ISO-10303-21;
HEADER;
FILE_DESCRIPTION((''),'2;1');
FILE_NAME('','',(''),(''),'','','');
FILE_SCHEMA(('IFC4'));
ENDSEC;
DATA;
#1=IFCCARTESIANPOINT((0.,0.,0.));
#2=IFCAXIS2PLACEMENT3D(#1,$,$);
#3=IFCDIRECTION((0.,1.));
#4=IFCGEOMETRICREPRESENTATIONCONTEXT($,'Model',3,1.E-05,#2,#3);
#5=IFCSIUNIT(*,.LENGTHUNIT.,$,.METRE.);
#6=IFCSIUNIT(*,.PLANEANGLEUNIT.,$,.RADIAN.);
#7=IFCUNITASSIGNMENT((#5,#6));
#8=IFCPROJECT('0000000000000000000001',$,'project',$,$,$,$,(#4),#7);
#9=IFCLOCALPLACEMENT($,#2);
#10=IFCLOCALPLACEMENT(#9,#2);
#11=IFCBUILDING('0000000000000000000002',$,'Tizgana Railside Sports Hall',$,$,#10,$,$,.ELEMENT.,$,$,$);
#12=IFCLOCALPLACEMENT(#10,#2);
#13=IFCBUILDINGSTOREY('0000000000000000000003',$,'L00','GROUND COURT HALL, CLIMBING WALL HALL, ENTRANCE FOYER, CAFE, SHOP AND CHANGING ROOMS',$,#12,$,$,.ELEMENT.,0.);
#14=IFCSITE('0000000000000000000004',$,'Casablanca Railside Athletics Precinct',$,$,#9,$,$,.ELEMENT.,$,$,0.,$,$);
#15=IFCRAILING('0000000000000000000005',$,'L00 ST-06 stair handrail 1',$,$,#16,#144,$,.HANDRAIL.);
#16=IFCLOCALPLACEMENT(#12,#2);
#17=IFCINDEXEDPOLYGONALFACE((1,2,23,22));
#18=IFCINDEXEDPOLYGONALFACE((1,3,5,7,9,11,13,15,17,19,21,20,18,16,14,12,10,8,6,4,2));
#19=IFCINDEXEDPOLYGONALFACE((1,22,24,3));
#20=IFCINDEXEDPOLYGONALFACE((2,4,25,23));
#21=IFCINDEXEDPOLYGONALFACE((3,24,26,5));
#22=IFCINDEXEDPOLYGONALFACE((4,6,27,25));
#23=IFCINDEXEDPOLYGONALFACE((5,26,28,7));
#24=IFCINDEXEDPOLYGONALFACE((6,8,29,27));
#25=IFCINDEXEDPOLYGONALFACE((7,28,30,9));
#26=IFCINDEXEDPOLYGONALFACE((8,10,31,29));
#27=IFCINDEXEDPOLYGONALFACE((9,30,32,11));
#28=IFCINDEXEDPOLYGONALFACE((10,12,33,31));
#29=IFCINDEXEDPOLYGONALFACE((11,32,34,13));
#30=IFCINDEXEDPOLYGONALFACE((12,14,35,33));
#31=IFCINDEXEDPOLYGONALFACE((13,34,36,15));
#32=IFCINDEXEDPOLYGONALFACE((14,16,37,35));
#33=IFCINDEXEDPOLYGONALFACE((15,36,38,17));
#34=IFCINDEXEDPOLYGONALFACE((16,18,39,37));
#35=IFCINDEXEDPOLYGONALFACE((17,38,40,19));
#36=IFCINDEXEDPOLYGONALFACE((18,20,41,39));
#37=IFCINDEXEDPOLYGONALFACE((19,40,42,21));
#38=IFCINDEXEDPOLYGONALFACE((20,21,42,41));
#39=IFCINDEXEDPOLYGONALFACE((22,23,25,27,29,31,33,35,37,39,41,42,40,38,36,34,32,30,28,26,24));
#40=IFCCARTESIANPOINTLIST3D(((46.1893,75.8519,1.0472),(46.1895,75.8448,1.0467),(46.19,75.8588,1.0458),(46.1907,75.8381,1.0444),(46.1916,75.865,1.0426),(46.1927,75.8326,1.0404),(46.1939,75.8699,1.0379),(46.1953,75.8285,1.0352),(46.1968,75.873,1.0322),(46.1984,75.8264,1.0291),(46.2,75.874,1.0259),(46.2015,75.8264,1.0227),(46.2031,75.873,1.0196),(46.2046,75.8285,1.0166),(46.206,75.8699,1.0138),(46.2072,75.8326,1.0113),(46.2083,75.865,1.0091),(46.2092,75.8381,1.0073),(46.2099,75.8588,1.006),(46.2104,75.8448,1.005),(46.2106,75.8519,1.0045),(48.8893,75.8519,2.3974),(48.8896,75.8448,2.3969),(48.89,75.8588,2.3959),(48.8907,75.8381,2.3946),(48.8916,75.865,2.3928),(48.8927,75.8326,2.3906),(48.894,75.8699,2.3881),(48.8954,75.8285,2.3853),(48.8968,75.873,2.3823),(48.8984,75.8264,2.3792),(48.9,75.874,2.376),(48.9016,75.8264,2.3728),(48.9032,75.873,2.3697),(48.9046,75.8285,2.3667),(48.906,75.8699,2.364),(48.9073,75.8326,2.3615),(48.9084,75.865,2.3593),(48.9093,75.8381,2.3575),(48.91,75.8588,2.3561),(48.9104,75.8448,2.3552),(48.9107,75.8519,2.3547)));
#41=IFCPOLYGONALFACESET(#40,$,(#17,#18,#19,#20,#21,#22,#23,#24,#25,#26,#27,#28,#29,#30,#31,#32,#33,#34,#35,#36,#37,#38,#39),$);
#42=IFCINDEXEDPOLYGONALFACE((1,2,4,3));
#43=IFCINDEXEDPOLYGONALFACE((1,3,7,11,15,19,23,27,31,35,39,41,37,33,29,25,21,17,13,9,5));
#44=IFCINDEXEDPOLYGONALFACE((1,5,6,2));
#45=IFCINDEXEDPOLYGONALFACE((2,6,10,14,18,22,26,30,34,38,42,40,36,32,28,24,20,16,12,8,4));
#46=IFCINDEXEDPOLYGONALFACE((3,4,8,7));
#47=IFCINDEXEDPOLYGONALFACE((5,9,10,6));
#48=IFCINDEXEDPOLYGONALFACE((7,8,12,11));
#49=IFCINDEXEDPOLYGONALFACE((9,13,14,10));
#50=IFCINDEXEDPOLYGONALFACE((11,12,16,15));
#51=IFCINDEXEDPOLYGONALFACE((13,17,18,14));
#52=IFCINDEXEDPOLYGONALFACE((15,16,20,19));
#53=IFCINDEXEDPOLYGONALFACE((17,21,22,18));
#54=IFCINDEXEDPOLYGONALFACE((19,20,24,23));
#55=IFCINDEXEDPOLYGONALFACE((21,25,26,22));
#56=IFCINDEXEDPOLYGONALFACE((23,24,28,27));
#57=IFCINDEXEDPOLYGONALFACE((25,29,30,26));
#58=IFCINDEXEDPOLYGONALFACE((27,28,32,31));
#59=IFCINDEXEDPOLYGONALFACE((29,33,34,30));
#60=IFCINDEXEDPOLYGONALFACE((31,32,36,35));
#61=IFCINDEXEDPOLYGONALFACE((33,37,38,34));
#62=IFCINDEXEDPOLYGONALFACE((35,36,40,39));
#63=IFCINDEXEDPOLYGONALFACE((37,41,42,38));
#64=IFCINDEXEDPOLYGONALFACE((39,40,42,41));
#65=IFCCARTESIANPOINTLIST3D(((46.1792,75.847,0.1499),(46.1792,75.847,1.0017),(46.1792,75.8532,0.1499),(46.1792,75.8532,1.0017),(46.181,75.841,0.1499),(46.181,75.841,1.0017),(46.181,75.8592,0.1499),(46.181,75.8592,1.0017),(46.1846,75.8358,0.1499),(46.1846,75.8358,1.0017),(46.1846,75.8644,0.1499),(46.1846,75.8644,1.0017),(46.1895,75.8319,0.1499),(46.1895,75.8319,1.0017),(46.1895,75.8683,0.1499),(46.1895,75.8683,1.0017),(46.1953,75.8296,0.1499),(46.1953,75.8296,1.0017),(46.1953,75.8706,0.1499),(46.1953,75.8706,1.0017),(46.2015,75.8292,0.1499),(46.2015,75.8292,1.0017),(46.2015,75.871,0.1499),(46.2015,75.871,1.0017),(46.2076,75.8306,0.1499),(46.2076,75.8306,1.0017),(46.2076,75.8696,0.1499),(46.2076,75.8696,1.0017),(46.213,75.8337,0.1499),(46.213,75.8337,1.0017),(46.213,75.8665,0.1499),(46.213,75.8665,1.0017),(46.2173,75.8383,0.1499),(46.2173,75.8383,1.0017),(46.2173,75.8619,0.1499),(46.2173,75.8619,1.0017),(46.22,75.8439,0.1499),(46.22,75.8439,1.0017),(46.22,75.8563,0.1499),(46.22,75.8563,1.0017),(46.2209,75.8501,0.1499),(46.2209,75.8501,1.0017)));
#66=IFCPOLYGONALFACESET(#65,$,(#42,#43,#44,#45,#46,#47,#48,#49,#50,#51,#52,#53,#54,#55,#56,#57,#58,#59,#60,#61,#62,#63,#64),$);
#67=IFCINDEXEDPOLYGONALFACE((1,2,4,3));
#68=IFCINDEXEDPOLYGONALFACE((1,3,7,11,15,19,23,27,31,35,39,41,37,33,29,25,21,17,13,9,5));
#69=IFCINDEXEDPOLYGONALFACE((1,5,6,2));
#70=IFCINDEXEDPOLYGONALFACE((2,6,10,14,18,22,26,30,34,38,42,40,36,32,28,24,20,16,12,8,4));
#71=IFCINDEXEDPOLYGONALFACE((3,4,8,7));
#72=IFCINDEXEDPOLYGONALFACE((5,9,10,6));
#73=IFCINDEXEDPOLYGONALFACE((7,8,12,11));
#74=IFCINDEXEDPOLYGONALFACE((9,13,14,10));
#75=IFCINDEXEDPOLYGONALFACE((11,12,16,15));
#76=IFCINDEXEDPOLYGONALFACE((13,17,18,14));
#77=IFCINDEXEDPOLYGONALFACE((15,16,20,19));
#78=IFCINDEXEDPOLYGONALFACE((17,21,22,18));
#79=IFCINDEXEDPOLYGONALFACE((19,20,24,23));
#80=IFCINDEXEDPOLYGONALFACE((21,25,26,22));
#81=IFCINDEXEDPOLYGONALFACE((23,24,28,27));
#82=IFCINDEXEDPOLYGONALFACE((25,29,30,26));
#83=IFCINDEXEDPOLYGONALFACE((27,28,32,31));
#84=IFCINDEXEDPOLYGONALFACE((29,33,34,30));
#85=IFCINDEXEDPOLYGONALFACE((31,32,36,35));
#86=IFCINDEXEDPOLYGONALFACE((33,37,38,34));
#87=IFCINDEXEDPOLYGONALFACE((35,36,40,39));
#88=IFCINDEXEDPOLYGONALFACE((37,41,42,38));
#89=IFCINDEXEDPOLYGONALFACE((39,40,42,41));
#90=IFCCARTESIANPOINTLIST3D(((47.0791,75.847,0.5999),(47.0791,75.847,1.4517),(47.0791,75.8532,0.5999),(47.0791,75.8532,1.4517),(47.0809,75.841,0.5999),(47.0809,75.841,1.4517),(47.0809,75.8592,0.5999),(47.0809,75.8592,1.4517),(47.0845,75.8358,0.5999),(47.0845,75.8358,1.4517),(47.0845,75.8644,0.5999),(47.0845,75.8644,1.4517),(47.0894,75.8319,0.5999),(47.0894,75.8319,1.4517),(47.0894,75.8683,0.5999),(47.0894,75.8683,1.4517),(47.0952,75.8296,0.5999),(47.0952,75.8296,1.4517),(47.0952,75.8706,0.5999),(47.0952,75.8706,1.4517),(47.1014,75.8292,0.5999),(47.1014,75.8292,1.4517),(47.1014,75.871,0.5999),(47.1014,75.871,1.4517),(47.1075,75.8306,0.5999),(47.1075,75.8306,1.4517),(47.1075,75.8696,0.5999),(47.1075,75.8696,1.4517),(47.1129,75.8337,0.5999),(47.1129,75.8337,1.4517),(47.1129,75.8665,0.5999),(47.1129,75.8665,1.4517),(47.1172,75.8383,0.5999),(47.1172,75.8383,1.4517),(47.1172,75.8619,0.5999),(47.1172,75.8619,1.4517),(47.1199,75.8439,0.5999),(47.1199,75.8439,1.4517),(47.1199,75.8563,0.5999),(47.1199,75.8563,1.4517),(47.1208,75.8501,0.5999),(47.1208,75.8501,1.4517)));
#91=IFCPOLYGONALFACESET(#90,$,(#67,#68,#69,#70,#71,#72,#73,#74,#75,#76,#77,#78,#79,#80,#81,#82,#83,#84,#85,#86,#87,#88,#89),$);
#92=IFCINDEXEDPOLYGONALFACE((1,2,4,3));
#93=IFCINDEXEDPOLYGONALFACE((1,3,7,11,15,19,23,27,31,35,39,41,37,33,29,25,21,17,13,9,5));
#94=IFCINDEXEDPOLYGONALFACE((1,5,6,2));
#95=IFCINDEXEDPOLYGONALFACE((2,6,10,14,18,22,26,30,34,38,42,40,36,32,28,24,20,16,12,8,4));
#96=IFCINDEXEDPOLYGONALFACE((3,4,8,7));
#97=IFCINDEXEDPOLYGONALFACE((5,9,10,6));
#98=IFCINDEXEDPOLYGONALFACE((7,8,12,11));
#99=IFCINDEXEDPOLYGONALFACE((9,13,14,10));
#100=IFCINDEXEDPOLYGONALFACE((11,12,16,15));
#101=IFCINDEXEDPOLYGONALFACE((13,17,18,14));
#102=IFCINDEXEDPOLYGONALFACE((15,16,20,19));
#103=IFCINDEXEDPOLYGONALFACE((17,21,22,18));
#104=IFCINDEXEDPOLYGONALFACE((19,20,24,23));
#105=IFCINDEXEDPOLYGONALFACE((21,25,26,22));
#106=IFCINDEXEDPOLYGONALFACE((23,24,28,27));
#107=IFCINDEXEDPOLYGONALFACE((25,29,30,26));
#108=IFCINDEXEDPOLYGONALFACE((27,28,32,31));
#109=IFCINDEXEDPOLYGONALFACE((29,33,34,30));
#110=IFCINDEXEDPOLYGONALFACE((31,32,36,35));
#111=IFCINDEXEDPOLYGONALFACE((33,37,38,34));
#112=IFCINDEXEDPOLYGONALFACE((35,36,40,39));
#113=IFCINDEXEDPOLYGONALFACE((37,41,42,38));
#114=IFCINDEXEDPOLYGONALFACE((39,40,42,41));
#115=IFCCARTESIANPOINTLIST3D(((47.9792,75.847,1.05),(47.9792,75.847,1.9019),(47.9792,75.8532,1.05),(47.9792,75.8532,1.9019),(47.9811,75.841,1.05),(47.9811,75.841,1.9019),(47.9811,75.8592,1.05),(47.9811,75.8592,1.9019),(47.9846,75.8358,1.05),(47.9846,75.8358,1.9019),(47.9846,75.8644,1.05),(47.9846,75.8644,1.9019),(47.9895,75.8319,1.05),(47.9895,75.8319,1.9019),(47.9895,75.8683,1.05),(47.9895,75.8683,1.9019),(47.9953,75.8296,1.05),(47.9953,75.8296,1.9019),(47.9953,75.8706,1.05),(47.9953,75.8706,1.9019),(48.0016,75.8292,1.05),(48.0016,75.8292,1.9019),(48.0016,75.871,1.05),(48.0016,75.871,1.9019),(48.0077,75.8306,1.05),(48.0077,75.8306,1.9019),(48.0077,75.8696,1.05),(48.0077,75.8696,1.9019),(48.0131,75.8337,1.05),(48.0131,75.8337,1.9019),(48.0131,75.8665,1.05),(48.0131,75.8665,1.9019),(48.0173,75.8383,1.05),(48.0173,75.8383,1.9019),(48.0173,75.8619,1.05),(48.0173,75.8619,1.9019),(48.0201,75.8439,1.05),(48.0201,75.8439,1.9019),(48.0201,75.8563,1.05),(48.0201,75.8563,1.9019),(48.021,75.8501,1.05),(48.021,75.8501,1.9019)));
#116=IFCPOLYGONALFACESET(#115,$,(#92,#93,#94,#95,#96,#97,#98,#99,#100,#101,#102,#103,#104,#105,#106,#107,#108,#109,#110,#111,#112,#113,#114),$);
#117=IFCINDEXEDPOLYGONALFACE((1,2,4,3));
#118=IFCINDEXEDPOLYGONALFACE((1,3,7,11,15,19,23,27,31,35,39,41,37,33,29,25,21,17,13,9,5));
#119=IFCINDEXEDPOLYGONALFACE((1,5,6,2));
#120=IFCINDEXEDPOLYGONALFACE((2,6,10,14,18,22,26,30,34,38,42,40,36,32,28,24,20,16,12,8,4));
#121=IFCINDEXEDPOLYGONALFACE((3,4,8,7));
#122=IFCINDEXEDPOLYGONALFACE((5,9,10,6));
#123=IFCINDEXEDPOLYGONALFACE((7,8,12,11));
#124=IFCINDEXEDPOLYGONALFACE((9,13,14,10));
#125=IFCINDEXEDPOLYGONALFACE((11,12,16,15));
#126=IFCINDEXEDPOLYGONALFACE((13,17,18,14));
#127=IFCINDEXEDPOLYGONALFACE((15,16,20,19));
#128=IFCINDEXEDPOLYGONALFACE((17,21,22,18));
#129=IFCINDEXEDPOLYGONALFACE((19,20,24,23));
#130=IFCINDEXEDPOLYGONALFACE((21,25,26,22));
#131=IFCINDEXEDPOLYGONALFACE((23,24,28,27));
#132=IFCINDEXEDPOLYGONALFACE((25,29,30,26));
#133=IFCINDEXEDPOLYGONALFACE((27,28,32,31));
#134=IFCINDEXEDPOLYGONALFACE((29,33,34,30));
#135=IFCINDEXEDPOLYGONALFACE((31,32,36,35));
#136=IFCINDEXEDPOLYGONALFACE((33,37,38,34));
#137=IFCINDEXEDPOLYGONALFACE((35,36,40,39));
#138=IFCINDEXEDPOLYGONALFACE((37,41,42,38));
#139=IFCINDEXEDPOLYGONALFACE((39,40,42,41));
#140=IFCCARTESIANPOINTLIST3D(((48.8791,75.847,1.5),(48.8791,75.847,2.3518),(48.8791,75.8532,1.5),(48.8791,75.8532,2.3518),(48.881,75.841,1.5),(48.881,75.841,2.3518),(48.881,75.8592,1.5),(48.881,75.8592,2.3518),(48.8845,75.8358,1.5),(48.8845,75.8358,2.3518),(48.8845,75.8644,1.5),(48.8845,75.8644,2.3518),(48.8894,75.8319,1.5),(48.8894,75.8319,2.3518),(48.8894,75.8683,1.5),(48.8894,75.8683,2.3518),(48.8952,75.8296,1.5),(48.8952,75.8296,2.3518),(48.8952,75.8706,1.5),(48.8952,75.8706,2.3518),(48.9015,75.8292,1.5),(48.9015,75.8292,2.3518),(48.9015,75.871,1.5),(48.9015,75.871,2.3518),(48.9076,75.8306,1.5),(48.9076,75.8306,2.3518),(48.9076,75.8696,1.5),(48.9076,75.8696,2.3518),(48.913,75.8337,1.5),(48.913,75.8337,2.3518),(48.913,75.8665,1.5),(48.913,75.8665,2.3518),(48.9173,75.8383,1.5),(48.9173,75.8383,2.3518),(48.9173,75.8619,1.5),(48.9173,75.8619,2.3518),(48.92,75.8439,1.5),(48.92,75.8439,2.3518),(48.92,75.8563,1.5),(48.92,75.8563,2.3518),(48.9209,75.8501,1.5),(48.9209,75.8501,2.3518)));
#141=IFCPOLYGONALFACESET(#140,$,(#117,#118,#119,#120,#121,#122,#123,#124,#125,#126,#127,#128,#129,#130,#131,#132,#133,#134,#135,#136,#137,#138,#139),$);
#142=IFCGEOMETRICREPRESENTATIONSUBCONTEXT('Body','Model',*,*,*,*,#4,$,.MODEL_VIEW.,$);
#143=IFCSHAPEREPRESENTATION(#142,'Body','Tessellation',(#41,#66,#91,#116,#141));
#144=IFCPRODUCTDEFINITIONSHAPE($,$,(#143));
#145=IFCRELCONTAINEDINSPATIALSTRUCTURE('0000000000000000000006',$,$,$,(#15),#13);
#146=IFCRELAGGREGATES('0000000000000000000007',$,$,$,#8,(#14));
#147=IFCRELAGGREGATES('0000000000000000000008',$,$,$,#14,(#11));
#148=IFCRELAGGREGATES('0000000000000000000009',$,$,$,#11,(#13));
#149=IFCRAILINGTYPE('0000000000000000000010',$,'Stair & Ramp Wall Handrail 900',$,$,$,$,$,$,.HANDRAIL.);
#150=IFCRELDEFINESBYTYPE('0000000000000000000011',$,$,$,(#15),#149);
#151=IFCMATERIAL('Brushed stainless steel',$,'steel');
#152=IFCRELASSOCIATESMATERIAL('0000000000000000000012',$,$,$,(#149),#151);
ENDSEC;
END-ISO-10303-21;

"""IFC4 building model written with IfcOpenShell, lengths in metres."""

from ifc_helpers import new_model, si_unit, direction, frame, origin, origin_2d, place, context, subcontext, project, spatial, circle, extrude, material, type_object, element, save


model = new_model("IFC4")

# Units and contexts
model_context = context("Model", 3, precision=1e-05, world=origin(), true_north=direction((0.0, 1.0)))
body_context = subcontext(model_context, "Body", "Model", "MODEL_VIEW")
ifc_project = project(units=[si_unit("LENGTHUNIT", "METRE"), si_unit("PLANEANGLEUNIT", "RADIAN")], contexts=[model_context])

# Site, building, storey
site_placement = place(None, origin())
site = spatial("IfcSite", under=ifc_project, at=site_placement, Name="Casablanca Railside Athletics Precinct", CompositionType="ELEMENT", RefElevation=0.0)
building_placement = place(site_placement, origin())
building = spatial("IfcBuilding", under=site, at=building_placement, Name="Tizgana Railside Sports Hall", CompositionType="ELEMENT")
storey_placement = place(building_placement, origin())
storey = spatial("IfcBuildingStorey", under=building, at=storey_placement, Name="L00", Description="GROUND COURT HALL, CLIMBING WALL HALL, ENTRANCE FOYER, CAFE, SHOP AND CHANGING ROOMS", CompositionType="ELEMENT", Elevation=0.0)

# Railing
ifc_material_1 = material(Name="Brushed stainless steel", Category="steel")
railing_type_1 = type_object("IfcRailingType", Name="Stair & Ramp Wall Handrail 900", PredefinedType="HANDRAIL", material=ifc_material_1)
for number, where, name in (
    (1, (46.2, 75.8501, 0.1499), "L00 ST-06 stair handrail 1"),
):
    element("IfcRailing", number, at=place(storey_placement, frame(where)), inside=storey, type_object=railing_type_1, Name=name, PredefinedType="HANDRAIL", context=body_context, shape_type="SweptSolid", body=[
        extrude(circle(Radius=0.0239, at=origin_2d()), frame((0.0, 0.0, 0.876), z_axis=(0.894411, 0.0, 0.447246), x_axis=(0.0, 1.0, 0.0)), (0.0, 0.0, 1.0), 3.0188),
        extrude(circle(Radius=0.021, at=origin_2d()), origin(), (0.0, 0.0, 1.0), 0.8518),
        extrude(circle(Radius=0.021, at=origin_2d()), frame((0.8999, 0.0, 0.45)), (0.0, 0.0, 1.0), 0.8518),
        extrude(circle(Radius=0.021, at=origin_2d()), frame((1.8, 0.0, 0.9001)), (0.0, 0.0, 1.0), 0.8518),
        extrude(circle(Radius=0.021, at=origin_2d()), frame((2.7, 0.0, 1.3501)), (0.0, 0.0, 1.0), 0.8518),
    ])

save(model, "model.ifc")
